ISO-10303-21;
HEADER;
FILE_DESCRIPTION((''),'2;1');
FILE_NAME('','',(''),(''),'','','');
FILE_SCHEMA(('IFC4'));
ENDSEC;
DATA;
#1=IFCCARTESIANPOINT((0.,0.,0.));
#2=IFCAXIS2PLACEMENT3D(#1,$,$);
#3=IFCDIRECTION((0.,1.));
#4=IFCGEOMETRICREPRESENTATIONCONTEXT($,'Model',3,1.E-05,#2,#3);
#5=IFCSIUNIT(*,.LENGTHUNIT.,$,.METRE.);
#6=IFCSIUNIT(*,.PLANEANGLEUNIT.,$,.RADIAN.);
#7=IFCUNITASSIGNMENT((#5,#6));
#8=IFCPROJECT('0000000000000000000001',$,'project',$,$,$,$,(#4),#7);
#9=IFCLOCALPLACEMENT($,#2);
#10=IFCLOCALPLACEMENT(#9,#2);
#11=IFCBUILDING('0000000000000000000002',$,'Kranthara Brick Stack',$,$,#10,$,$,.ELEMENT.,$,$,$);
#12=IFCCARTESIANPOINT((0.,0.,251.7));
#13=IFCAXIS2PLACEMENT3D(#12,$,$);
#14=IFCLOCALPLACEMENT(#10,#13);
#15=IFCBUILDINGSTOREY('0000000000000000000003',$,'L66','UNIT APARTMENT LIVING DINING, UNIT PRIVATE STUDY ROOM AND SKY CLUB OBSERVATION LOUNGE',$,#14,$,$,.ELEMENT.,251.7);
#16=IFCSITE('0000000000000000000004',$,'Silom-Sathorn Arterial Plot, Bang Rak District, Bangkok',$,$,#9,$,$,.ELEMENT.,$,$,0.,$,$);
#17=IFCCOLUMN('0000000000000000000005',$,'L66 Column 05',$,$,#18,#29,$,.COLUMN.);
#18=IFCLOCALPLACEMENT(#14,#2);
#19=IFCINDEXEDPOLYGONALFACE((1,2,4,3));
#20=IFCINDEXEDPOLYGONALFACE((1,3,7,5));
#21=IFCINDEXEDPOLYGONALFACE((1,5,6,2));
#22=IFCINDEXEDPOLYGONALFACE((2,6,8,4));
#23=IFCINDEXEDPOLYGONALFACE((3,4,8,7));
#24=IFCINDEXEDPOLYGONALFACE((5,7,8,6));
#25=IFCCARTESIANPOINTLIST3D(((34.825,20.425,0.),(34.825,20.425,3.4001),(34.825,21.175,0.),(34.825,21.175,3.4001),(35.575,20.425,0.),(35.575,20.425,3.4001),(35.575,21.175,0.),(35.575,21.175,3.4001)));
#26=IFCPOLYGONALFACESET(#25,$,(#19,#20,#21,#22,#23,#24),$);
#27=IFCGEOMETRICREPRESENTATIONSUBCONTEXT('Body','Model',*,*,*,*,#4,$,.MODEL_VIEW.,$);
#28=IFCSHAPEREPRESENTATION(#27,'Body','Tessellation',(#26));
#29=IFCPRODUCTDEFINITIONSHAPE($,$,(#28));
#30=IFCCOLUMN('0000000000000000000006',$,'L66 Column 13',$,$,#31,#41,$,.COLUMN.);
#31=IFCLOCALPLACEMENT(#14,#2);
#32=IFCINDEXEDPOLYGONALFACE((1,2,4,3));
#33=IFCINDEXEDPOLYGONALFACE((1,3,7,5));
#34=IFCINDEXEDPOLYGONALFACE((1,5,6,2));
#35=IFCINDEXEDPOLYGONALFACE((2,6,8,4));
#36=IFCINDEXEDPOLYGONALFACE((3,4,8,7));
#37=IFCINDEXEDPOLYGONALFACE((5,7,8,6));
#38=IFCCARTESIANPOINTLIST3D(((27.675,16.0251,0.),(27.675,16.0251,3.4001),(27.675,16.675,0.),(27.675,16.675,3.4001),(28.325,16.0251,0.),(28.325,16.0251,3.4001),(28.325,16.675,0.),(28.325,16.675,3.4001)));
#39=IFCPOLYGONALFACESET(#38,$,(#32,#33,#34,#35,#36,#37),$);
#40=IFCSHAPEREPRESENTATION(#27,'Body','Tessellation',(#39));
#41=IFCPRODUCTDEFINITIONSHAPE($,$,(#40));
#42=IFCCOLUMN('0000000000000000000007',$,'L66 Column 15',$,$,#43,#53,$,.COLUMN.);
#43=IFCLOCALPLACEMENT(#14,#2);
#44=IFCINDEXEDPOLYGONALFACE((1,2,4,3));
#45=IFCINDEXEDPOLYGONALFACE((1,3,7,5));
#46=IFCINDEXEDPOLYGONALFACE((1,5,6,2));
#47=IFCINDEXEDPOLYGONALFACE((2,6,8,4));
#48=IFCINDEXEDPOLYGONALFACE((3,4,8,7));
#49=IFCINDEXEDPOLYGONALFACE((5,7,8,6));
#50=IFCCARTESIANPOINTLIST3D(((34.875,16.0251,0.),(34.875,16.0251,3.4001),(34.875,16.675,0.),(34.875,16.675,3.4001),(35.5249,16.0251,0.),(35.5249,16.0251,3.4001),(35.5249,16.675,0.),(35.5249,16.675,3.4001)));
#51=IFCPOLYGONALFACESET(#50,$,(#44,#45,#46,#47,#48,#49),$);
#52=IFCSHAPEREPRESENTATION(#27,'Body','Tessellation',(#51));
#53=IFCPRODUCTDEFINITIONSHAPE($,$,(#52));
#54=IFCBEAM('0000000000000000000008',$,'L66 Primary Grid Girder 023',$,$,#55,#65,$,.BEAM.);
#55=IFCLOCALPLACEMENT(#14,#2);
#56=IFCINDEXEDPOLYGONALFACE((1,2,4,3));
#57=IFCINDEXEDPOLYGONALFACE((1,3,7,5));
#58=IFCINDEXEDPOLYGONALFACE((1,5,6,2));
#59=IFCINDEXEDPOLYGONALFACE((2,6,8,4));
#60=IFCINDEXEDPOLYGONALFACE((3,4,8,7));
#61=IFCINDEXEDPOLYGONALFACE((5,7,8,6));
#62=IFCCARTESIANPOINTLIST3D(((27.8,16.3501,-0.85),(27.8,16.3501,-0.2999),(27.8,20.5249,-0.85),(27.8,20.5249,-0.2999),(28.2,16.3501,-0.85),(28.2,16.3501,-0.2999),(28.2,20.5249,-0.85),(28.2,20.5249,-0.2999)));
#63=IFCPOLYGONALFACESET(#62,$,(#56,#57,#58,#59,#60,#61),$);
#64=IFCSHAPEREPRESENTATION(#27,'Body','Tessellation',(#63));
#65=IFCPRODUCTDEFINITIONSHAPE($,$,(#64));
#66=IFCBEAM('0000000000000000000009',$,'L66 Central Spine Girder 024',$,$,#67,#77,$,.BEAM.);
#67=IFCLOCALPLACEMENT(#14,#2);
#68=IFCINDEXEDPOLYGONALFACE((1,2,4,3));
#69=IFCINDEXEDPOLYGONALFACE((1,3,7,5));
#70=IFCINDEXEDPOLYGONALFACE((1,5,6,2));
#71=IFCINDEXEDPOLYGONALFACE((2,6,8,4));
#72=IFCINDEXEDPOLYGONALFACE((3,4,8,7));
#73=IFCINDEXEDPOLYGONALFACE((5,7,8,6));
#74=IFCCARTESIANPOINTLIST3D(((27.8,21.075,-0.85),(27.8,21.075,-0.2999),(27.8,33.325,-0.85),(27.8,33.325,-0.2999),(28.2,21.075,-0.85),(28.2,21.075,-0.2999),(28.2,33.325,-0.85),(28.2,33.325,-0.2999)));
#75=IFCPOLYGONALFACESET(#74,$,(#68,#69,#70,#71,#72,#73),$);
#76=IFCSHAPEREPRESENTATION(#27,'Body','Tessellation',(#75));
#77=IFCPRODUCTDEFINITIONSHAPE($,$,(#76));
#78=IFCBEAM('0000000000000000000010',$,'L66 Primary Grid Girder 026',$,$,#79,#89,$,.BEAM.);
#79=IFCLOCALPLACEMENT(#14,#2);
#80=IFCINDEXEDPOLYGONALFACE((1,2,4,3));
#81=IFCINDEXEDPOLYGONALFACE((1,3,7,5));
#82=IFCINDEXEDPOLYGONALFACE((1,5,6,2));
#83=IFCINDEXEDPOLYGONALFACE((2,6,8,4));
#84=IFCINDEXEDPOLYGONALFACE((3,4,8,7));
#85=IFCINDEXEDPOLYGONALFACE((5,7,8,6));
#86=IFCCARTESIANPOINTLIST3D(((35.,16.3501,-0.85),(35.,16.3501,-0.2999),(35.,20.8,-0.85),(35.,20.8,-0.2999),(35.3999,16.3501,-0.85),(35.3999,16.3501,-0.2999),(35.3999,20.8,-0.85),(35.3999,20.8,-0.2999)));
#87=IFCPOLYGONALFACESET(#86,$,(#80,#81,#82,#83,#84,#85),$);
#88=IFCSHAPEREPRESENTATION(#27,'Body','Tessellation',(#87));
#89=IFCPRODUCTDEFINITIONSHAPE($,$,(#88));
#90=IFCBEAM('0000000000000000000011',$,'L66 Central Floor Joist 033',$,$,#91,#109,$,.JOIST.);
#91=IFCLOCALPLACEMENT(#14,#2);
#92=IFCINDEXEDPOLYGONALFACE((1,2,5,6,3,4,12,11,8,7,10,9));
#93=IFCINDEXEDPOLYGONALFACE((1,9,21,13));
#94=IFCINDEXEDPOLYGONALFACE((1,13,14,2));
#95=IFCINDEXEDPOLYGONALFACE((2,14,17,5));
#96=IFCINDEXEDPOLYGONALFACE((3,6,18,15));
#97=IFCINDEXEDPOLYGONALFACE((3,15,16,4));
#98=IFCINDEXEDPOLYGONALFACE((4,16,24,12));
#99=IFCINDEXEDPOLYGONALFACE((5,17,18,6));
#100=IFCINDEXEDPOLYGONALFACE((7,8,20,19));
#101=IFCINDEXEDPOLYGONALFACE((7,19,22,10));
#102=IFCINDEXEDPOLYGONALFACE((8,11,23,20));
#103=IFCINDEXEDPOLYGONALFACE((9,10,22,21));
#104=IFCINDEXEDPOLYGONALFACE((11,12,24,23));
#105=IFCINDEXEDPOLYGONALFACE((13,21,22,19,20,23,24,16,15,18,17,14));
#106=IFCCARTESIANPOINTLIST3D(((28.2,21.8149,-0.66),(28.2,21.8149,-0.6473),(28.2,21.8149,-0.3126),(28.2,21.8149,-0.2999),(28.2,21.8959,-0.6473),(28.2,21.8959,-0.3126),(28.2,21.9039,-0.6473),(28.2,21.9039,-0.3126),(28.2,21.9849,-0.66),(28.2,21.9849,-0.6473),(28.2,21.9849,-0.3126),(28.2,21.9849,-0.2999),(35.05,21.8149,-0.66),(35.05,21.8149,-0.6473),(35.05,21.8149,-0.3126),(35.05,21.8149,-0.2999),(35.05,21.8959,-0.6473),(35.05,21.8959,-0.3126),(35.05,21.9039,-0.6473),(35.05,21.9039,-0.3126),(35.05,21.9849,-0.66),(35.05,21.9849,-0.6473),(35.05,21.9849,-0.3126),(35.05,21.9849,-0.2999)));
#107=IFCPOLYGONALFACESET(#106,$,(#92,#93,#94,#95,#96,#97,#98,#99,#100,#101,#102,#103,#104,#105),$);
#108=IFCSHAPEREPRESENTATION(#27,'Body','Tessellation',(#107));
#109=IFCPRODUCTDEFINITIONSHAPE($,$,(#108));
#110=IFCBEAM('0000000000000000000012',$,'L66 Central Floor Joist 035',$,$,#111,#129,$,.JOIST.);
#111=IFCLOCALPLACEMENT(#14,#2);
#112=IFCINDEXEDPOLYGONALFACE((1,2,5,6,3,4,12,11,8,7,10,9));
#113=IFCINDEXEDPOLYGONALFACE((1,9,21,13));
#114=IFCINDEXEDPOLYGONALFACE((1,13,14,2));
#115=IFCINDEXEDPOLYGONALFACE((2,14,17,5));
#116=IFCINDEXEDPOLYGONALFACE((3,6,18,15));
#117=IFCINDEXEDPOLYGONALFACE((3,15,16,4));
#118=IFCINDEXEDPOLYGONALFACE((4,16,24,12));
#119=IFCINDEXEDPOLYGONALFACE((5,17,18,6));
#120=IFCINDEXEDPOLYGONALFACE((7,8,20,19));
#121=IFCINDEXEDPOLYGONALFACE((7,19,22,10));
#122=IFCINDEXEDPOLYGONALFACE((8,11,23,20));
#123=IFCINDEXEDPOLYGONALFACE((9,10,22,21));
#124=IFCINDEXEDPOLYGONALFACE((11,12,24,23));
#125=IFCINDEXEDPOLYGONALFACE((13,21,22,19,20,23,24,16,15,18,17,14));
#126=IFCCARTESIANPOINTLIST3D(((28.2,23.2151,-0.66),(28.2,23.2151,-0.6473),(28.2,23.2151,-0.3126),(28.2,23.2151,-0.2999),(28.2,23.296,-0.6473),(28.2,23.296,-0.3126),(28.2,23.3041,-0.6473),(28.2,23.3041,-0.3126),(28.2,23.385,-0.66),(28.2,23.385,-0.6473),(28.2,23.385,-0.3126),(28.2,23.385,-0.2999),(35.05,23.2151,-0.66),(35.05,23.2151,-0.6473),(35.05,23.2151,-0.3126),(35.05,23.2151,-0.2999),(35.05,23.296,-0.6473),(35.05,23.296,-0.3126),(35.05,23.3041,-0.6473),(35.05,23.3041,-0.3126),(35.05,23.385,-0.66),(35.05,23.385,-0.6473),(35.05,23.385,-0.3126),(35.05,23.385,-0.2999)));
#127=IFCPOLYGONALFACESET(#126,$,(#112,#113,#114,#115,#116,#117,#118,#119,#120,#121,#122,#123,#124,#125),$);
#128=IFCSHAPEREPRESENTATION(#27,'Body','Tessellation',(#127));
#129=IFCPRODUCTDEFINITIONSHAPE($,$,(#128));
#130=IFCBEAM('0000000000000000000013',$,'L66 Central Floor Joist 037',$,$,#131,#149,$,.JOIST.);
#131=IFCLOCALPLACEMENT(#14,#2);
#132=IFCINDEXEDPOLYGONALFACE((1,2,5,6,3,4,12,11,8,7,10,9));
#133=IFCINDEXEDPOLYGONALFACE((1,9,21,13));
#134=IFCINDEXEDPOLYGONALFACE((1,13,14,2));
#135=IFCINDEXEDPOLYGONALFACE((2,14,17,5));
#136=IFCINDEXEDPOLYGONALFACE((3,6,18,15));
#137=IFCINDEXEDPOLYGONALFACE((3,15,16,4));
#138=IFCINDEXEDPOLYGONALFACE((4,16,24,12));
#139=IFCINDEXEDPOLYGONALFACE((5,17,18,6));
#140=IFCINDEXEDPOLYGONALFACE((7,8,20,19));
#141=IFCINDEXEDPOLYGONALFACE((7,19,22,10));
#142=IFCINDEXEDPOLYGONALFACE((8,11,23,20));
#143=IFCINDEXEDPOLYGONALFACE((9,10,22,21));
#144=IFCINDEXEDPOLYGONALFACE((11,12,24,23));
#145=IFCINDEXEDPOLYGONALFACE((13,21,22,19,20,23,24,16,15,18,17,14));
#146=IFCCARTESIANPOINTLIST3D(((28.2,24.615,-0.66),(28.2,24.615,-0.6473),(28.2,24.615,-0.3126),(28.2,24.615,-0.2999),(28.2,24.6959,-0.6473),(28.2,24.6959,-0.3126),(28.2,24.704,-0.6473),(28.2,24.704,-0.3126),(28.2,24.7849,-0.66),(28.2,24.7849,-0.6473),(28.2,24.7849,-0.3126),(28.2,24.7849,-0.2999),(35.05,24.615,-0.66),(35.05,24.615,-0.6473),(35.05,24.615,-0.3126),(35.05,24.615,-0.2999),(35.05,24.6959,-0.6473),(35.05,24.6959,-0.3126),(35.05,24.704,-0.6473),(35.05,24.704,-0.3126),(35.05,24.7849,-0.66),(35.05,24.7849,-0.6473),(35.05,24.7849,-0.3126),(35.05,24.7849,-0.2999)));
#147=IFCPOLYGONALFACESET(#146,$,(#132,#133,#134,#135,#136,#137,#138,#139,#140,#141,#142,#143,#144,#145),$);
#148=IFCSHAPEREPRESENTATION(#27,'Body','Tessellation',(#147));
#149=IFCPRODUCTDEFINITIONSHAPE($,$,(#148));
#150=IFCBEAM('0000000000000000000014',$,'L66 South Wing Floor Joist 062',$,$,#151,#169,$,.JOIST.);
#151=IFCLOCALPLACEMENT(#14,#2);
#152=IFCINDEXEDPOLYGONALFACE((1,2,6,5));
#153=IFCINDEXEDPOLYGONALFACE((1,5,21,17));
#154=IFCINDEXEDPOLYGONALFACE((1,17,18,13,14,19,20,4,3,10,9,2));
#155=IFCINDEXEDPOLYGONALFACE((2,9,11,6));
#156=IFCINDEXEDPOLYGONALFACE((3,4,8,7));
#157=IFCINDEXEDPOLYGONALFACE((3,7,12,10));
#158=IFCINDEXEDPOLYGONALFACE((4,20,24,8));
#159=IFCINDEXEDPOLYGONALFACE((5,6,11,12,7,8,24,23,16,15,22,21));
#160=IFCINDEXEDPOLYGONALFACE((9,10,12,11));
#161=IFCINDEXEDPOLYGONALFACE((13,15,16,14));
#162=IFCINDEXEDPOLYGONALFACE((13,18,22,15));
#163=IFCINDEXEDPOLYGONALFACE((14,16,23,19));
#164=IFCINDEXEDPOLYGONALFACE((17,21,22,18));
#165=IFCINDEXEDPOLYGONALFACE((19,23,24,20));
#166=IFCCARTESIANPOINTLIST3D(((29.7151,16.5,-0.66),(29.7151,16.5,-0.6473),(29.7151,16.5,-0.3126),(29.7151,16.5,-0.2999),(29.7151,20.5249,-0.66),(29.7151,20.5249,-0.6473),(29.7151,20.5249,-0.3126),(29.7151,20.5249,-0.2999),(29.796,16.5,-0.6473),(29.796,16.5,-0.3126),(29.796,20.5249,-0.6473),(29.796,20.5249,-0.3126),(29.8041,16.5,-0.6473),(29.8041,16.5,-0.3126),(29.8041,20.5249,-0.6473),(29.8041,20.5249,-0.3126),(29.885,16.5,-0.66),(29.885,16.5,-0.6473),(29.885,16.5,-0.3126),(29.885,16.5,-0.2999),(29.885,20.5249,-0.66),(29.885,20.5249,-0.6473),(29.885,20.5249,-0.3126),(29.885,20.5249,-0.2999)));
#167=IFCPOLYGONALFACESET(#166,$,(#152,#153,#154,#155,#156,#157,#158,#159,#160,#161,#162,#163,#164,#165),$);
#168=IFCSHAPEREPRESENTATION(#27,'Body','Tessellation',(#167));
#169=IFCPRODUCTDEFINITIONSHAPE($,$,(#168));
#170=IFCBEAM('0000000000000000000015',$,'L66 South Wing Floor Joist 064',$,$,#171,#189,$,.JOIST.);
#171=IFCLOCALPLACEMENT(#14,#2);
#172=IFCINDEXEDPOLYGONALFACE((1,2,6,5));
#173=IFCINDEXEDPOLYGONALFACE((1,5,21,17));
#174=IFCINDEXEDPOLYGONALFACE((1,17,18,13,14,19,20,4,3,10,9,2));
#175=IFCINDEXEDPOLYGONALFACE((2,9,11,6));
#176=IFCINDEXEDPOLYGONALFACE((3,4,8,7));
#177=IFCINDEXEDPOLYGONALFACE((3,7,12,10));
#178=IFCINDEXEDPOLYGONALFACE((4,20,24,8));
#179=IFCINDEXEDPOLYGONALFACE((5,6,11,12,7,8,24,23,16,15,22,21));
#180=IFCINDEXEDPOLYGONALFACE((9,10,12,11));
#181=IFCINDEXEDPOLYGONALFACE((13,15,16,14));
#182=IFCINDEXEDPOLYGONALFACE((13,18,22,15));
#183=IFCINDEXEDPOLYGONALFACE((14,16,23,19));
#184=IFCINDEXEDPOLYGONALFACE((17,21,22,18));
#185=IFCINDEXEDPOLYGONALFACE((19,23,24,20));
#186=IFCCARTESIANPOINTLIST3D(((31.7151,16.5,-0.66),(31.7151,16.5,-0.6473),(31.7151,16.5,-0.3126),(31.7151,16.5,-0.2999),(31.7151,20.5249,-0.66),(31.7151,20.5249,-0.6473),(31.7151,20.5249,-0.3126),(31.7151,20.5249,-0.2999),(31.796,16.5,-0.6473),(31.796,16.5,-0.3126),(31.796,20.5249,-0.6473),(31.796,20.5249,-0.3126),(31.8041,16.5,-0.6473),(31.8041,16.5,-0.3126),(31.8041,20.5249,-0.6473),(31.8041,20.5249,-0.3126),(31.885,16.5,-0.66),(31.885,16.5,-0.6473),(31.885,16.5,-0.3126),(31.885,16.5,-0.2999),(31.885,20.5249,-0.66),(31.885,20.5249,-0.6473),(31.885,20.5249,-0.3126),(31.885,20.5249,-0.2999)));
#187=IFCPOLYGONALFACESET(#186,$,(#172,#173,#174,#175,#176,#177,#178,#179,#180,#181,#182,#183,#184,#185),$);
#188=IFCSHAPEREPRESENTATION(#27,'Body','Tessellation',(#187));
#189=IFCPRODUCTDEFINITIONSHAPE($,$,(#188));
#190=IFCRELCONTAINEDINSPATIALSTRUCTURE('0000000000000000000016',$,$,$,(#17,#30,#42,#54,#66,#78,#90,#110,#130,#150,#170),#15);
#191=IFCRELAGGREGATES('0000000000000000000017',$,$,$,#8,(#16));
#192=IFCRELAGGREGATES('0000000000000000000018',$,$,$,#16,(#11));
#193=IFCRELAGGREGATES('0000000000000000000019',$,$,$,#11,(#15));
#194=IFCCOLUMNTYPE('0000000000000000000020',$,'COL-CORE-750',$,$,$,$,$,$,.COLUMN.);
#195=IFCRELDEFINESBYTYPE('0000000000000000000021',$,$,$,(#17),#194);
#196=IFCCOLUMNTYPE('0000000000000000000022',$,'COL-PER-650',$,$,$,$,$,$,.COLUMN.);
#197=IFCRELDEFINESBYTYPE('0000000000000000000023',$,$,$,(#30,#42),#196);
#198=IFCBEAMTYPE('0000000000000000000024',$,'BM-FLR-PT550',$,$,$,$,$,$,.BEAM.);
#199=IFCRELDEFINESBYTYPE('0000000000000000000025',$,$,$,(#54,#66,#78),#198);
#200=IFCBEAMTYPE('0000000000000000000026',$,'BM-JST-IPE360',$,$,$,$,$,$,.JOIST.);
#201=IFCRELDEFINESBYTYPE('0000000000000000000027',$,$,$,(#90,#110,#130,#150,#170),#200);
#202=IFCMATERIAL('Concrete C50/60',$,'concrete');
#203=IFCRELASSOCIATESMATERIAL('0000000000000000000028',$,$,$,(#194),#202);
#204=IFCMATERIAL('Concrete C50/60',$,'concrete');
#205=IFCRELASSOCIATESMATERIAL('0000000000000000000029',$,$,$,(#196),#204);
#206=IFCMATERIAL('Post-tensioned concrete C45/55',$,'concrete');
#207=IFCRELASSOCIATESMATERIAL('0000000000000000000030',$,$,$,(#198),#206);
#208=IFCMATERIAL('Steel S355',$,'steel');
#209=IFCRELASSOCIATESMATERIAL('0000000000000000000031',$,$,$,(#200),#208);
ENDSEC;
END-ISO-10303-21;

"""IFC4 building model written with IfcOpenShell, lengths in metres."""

from ifc_helpers import new_model, si_unit, direction, frame, origin, origin_2d, place, context, subcontext, project, spatial, rectangle, i_section, extrude, material, material_profile, profile_set, type_object, element, save


model = new_model("IFC4")

# Units and contexts
model_context = context("Model", 3, precision=1e-05, world=origin(), true_north=direction((0.0, 1.0)))
body_context = subcontext(model_context, "Body", "Model", "MODEL_VIEW")
ifc_project = project(units=[si_unit("LENGTHUNIT", "METRE"), si_unit("PLANEANGLEUNIT", "RADIAN")], contexts=[model_context])

# Site, building, storey
site_placement = place(None, origin())
site = spatial("IfcSite", under=ifc_project, at=site_placement, Name="Silom-Sathorn Arterial Plot, Bang Rak District, Bangkok", CompositionType="ELEMENT", RefElevation=0.0)
building_placement = place(site_placement, origin())
building = spatial("IfcBuilding", under=site, at=building_placement, Name="Kranthara Brick Stack", CompositionType="ELEMENT")
storey_placement = place(building_placement, frame((0.0, 0.0, 251.7)))
storey = spatial("IfcBuildingStorey", under=building, at=storey_placement, Name="L66", Description="UNIT APARTMENT LIVING DINING, UNIT PRIVATE STUDY ROOM AND SKY CLUB OBSERVATION LOUNGE", CompositionType="ELEMENT", Elevation=251.7)

# Columns
ifc_material_1 = material(Name="Concrete C50/60", Category="concrete")
ifc_material_profile_1 = material_profile(ifc_material_1, rectangle(XDim=0.75, YDim=0.75, at=origin_2d()), Name="RC 750x750")
ifc_profile_set_1 = profile_set([ifc_material_profile_1], Name="Concrete C50/60")
column_type_1 = type_object("IfcColumnType", Name="COL-CORE-750", PredefinedType="COLUMN", material=ifc_profile_set_1)
column_placement = place(storey_placement, frame((35.2, 20.8, 0.0), z_axis=(0.0, 0.0, 1.0), x_axis=(1.0, 0.0, 0.0)))
element("IfcColumn", 1, at=column_placement, inside=storey, type_object=column_type_1, Name="L66 Column 05", PredefinedType="COLUMN", context=body_context, shape_type="SweptSolid", body=[
    extrude(rectangle(XDim=0.75, YDim=0.75, at=origin_2d()), origin(), (0.0, 0.0, 1.0), 3.4001),
])
ifc_material_2 = material(Name="Concrete C50/60", Category="concrete")
ifc_material_profile_2 = material_profile(ifc_material_2, rectangle(XDim=0.6499, YDim=0.6499, at=origin_2d()), Name="RC 650x650")
ifc_profile_set_2 = profile_set([ifc_material_profile_2], Name="Concrete C50/60")
column_type_2 = type_object("IfcColumnType", Name="COL-PER-650", PredefinedType="COLUMN", material=ifc_profile_set_2)
for number, where, z_axis, x_axis, name in (
    (2, (28.0, 16.3501, 0.0), (0.0, 0.0, 1.0), (1.0, 0.0, 0.0), "L66 Column 13"),
    (3, (35.2, 16.3501, 0.0), (0.0, 0.0, 1.0), (1.0, 0.0, 0.0), "L66 Column 15"),
):
    element("IfcColumn", number, at=place(storey_placement, frame(where, z_axis=z_axis, x_axis=x_axis)), inside=storey, type_object=column_type_2, Name=name, PredefinedType="COLUMN", context=body_context, shape_type="SweptSolid", body=[
        extrude(rectangle(XDim=0.6499, YDim=0.6499, at=origin_2d()), origin(), (0.0, 0.0, 1.0), 3.4001),
    ])

# Beams
ifc_material_3 = material(Name="Post-tensioned concrete C45/55", Category="concrete")
ifc_material_profile_3 = material_profile(ifc_material_3, rectangle(XDim=0.3999, YDim=0.55, at=origin_2d()), Name="PT 400x550")
ifc_profile_set_3 = profile_set([ifc_material_profile_3], Name="Post-tensioned concrete C45/55")
beam_type_1 = type_object("IfcBeamType", Name="BM-FLR-PT550", PredefinedType="BEAM", material=ifc_profile_set_3)
beam_1_placement = place(storey_placement, frame((28.0, 16.3501, -0.575), z_axis=(0.0, 1.0, 0.0), x_axis=(-1.0, 0.0, 0.0)))
element("IfcBeam", 4, at=beam_1_placement, inside=storey, type_object=beam_type_1, Name="L66 Primary Grid Girder 023", PredefinedType="BEAM", context=body_context, shape_type="SweptSolid", body=[
    extrude(rectangle(XDim=0.3999, YDim=0.55, at=origin_2d()), origin(), (0.0, 0.0, 1.0), 4.1748),
])
beam_2_placement = place(storey_placement, frame((28.0, 21.075, -0.575), z_axis=(0.0, 1.0, 0.0), x_axis=(-1.0, 0.0, 0.0)))
element("IfcBeam", 5, at=beam_2_placement, inside=storey, type_object=beam_type_1, Name="L66 Central Spine Girder 024", PredefinedType="BEAM", context=body_context, shape_type="SweptSolid", body=[
    extrude(rectangle(XDim=0.3999, YDim=0.55, at=origin_2d()), origin(), (0.0, 0.0, 1.0), 12.25),
])
beam_3_placement = place(storey_placement, frame((35.2, 16.3501, -0.575), z_axis=(0.0, 1.0, 0.0), x_axis=(-1.0, 0.0, 0.0)))
element("IfcBeam", 6, at=beam_3_placement, inside=storey, type_object=beam_type_1, Name="L66 Primary Grid Girder 026", PredefinedType="BEAM", context=body_context, shape_type="SweptSolid", body=[
    extrude(rectangle(XDim=0.3999, YDim=0.55, at=origin_2d()), origin(), (0.0, 0.0, 1.0), 4.45),
])
ifc_material_4 = material(Name="Steel S355", Category="steel")
ifc_material_profile_4 = material_profile(ifc_material_4, i_section(OverallWidth=0.1699, OverallDepth=0.3601, WebThickness=0.0081, FlangeThickness=0.0127, at=origin_2d()), Name="IPE 360")
ifc_profile_set_4 = profile_set([ifc_material_profile_4], Name="Steel S355")
beam_type_2 = type_object("IfcBeamType", Name="BM-JST-IPE360", PredefinedType="JOIST", material=ifc_profile_set_4)
for number, where, z_axis, x_axis, name in (
    (7, (28.2, 21.8999, -0.48), (1.0, 0.0, 0.0), (0.0, 1.0, 0.0), "L66 Central Floor Joist 033"),
    (8, (28.2, 23.3, -0.48), (1.0, 0.0, 0.0), (0.0, 1.0, 0.0), "L66 Central Floor Joist 035"),
    (9, (28.2, 24.7, -0.48), (1.0, 0.0, 0.0), (0.0, 1.0, 0.0), "L66 Central Floor Joist 037"),
):
    element("IfcBeam", number, at=place(storey_placement, frame(where, z_axis=z_axis, x_axis=x_axis)), inside=storey, type_object=beam_type_2, Name=name, PredefinedType="JOIST", context=body_context, shape_type="SweptSolid", body=[
        extrude(i_section(OverallWidth=0.1699, OverallDepth=0.3601, WebThickness=0.0081, FlangeThickness=0.0127, at=origin_2d()), origin(), (0.0, 0.0, 1.0), 6.8501),
    ])
for number, where, z_axis, x_axis, name in (
    (10, (29.8, 16.5, -0.48), (0.0, 1.0, 0.0), (-1.0, 0.0, 0.0), "L66 South Wing Floor Joist 062"),
    (11, (31.8, 16.5, -0.48), (0.0, 1.0, 0.0), (-1.0, 0.0, 0.0), "L66 South Wing Floor Joist 064"),
):
    element("IfcBeam", number, at=place(storey_placement, frame(where, z_axis=z_axis, x_axis=x_axis)), inside=storey, type_object=beam_type_2, Name=name, PredefinedType="JOIST", context=body_context, shape_type="SweptSolid", body=[
        extrude(i_section(OverallWidth=0.1699, OverallDepth=0.3601, WebThickness=0.0081, FlangeThickness=0.0127, at=origin_2d()), origin(), (0.0, 0.0, 1.0), 4.0249),
    ])

save(model, "model.ifc")
